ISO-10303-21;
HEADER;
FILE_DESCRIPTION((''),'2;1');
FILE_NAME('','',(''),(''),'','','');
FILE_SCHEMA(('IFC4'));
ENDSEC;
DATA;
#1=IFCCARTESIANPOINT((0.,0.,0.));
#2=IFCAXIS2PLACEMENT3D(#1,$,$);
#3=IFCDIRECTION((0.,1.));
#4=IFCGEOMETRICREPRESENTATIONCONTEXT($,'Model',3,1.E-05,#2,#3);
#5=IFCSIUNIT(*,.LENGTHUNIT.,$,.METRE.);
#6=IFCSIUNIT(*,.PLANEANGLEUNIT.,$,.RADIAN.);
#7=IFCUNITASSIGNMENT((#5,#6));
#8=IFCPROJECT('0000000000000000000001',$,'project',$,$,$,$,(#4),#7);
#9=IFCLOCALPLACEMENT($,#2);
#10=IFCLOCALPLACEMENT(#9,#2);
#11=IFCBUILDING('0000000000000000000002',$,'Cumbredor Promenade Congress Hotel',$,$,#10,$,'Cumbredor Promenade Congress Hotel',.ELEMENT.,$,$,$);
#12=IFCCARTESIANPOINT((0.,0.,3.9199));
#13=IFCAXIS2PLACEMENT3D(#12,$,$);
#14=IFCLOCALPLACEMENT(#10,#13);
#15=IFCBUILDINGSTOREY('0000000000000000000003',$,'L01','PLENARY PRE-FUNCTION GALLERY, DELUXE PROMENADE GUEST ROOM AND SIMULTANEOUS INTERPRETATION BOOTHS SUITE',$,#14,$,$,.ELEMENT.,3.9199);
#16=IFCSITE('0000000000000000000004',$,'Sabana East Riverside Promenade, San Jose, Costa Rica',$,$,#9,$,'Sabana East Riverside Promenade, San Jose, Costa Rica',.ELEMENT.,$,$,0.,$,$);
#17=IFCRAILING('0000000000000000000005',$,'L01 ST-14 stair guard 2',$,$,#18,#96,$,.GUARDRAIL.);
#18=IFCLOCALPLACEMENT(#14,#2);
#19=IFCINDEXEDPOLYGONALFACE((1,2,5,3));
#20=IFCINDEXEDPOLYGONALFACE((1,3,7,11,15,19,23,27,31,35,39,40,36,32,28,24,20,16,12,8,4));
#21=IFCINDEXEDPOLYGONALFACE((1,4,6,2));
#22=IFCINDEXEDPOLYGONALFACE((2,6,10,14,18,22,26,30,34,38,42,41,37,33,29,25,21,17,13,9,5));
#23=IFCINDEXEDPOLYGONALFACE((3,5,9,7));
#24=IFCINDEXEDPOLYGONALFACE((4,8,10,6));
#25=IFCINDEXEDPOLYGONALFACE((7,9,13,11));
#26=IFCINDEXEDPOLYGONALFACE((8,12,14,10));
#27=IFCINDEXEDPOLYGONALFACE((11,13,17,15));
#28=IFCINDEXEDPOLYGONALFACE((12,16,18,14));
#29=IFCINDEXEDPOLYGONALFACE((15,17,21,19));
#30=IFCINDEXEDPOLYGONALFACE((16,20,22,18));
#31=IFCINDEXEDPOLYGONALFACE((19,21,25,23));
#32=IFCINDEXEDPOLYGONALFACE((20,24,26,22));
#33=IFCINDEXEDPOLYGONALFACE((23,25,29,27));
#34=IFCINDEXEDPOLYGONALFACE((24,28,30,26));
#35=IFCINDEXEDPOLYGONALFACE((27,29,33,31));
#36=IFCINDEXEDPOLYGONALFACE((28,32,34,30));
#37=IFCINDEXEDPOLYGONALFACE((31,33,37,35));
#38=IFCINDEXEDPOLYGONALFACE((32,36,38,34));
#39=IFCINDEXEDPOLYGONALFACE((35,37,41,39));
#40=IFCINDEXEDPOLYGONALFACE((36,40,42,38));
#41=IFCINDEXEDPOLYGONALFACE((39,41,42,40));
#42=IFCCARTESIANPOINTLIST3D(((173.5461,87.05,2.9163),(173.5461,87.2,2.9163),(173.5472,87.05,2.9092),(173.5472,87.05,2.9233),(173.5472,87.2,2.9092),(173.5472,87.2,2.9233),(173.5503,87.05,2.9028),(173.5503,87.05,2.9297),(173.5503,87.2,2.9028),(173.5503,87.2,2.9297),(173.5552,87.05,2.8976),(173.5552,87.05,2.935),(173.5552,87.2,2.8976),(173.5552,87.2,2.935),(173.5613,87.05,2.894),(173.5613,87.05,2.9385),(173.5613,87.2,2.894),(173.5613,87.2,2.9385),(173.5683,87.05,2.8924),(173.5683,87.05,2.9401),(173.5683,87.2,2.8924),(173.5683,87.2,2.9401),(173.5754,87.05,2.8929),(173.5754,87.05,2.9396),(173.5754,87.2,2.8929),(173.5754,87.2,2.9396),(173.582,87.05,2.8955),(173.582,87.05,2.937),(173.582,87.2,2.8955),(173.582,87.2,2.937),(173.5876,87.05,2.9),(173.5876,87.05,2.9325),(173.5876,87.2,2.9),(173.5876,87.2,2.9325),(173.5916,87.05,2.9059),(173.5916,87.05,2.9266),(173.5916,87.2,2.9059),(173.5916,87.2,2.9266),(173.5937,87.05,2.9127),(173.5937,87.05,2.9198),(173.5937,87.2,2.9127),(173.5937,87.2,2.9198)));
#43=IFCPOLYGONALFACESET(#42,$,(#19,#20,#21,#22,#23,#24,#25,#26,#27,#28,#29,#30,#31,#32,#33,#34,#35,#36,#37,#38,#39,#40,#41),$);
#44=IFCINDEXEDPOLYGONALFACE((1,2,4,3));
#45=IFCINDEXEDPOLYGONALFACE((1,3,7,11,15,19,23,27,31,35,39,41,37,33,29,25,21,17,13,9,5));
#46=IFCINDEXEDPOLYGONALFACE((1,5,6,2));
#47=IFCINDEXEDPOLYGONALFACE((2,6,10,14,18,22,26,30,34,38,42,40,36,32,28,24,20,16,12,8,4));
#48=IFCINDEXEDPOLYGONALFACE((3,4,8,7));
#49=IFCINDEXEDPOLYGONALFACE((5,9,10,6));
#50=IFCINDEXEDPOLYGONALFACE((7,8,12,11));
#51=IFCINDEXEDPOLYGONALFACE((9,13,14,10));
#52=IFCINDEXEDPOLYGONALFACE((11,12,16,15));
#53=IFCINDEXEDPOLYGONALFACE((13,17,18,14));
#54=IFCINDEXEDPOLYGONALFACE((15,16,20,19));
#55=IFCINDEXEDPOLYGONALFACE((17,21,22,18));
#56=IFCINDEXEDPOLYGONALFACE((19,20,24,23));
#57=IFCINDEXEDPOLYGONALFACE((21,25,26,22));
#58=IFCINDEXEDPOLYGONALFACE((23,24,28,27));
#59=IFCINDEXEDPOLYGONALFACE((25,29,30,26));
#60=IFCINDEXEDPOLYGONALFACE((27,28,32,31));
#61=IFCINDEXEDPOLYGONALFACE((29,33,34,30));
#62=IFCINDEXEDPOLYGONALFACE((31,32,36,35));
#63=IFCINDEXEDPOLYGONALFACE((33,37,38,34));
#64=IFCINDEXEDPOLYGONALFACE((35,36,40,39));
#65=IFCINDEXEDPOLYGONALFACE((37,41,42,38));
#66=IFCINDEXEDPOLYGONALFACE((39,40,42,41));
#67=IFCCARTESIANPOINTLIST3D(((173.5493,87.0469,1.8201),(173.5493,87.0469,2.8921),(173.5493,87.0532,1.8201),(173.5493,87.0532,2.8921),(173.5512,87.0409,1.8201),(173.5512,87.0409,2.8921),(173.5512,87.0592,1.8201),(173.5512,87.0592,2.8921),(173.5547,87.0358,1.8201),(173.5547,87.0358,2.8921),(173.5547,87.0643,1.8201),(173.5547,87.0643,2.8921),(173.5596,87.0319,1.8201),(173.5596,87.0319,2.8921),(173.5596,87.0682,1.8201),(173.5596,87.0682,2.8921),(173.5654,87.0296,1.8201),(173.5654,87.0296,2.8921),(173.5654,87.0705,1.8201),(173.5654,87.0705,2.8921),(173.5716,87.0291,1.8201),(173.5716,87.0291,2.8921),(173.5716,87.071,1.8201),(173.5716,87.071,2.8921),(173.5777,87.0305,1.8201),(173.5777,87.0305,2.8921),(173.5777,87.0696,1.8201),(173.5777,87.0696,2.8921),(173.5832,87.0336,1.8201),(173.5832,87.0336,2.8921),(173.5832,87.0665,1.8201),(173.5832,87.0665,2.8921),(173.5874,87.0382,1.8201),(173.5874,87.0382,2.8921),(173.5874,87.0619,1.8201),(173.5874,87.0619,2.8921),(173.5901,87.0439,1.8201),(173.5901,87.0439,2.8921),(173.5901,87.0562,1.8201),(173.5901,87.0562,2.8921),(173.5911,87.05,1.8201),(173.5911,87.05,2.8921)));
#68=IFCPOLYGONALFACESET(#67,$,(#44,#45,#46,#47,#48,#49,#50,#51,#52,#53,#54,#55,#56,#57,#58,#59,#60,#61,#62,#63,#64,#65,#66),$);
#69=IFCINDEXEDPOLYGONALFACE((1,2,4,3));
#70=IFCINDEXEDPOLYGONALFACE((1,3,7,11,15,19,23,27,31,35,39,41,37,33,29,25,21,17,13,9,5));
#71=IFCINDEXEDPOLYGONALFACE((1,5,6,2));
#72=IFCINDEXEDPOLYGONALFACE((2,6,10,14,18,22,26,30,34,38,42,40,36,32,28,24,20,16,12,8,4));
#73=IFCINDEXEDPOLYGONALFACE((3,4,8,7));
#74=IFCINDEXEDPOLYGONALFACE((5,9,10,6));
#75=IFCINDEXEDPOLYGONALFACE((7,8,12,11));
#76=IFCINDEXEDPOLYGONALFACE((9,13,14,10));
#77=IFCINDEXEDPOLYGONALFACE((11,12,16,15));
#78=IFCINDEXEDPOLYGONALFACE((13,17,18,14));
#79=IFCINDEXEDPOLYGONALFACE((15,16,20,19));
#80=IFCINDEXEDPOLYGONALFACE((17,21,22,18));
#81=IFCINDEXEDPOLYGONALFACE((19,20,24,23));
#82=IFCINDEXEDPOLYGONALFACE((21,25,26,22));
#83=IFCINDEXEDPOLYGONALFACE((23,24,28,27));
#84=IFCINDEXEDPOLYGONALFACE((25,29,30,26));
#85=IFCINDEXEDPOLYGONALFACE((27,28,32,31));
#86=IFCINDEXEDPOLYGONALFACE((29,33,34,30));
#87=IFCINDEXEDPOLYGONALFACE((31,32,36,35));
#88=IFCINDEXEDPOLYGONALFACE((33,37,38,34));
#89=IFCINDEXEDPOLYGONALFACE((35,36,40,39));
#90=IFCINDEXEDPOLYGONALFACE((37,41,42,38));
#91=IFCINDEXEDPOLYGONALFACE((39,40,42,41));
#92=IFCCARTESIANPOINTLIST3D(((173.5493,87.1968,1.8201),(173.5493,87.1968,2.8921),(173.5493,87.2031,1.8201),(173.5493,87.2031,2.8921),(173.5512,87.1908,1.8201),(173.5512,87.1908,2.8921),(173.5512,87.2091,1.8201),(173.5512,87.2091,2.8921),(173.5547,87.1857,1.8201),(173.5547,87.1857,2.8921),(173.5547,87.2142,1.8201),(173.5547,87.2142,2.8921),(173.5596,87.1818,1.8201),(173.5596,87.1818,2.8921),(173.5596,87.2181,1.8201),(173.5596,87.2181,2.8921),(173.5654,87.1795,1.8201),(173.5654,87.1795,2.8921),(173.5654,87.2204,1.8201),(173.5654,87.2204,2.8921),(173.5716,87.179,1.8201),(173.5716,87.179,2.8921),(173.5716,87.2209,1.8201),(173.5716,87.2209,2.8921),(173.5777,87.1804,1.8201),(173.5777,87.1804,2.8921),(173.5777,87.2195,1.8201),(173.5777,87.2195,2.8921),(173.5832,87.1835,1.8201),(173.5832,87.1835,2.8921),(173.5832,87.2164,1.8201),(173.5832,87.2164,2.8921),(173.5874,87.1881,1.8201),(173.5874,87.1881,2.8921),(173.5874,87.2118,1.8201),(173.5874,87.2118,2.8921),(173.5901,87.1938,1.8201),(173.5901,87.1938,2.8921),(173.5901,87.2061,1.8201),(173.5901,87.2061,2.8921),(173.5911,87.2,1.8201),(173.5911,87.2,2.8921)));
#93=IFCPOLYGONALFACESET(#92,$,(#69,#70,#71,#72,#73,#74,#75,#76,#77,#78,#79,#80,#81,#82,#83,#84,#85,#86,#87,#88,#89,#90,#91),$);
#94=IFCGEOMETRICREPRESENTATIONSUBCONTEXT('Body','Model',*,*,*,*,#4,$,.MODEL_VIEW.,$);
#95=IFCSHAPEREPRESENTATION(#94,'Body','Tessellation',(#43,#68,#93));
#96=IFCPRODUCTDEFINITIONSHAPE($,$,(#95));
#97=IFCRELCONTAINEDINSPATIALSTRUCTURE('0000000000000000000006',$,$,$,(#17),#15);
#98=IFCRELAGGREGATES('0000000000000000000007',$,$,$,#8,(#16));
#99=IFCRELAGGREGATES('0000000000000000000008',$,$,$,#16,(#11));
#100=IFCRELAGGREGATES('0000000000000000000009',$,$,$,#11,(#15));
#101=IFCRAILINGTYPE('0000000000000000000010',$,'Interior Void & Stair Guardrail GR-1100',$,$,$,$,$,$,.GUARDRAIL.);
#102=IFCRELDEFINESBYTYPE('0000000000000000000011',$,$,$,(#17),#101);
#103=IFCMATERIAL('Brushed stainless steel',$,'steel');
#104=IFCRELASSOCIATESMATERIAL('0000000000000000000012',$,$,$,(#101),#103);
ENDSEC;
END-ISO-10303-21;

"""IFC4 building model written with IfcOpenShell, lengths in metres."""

from ifc_helpers import new_model, si_unit, direction, frame, origin, origin_2d, place, context, subcontext, project, spatial, circle, extrude, material, type_object, element, save


model = new_model("IFC4")

# Units and contexts
model_context = context("Model", 3, precision=1e-05, world=origin(), true_north=direction((0.0, 1.0)))
body_context = subcontext(model_context, "Body", "Model", "MODEL_VIEW")
ifc_project = project(units=[si_unit("LENGTHUNIT", "METRE"), si_unit("PLANEANGLEUNIT", "RADIAN")], contexts=[model_context])

# Site, building, storey
site_placement = place(None, origin())
site = spatial("IfcSite", under=ifc_project, at=site_placement, Name="Sabana East Riverside Promenade, San Jose, Costa Rica", LongName="Sabana East Riverside Promenade, San Jose, Costa Rica", CompositionType="ELEMENT", RefElevation=0.0)
building_placement = place(site_placement, origin())
building = spatial("IfcBuilding", under=site, at=building_placement, Name="Cumbredor Promenade Congress Hotel", LongName="Cumbredor Promenade Congress Hotel", CompositionType="ELEMENT")
storey_placement = place(building_placement, frame((0.0, 0.0, 3.9199)))
storey = spatial("IfcBuildingStorey", under=building, at=storey_placement, Name="L01", Description="PLENARY PRE-FUNCTION GALLERY, DELUXE PROMENADE GUEST ROOM AND SIMULTANEOUS INTERPRETATION BOOTHS SUITE", CompositionType="ELEMENT", Elevation=3.9199)

# Railing
ifc_material_1 = material(Name="Brushed stainless steel", Category="steel")
railing_type_1 = type_object("IfcRailingType", Name="Interior Void & Stair Guardrail GR-1100", PredefinedType="GUARDRAIL", material=ifc_material_1)
railing_1_placement = place(storey_placement, frame((173.5701, 87.05, 1.8201)))
element("IfcRailing", 1, at=railing_1_placement, inside=storey, type_object=railing_type_1, Name="L01 ST-14 stair guard 2", PredefinedType="GUARDRAIL", context=body_context, shape_type="SweptSolid", body=[
    extrude(circle(Radius=0.0239, at=origin_2d()), frame((0.0, 0.0, 1.0962), z_axis=(0.0, 1.0, 0.0), x_axis=(-1.0, 0.0, 0.0)), (0.0, 0.0, 1.0), 0.1499),
    extrude(circle(Radius=0.021, at=origin_2d()), origin(), (0.0, 0.0, 1.0), 1.072),
    extrude(circle(Radius=0.021, at=origin_2d()), frame((0.0, 0.1499, 0.0)), (0.0, 0.0, 1.0), 1.072),
])

save(model, "model.ifc")
